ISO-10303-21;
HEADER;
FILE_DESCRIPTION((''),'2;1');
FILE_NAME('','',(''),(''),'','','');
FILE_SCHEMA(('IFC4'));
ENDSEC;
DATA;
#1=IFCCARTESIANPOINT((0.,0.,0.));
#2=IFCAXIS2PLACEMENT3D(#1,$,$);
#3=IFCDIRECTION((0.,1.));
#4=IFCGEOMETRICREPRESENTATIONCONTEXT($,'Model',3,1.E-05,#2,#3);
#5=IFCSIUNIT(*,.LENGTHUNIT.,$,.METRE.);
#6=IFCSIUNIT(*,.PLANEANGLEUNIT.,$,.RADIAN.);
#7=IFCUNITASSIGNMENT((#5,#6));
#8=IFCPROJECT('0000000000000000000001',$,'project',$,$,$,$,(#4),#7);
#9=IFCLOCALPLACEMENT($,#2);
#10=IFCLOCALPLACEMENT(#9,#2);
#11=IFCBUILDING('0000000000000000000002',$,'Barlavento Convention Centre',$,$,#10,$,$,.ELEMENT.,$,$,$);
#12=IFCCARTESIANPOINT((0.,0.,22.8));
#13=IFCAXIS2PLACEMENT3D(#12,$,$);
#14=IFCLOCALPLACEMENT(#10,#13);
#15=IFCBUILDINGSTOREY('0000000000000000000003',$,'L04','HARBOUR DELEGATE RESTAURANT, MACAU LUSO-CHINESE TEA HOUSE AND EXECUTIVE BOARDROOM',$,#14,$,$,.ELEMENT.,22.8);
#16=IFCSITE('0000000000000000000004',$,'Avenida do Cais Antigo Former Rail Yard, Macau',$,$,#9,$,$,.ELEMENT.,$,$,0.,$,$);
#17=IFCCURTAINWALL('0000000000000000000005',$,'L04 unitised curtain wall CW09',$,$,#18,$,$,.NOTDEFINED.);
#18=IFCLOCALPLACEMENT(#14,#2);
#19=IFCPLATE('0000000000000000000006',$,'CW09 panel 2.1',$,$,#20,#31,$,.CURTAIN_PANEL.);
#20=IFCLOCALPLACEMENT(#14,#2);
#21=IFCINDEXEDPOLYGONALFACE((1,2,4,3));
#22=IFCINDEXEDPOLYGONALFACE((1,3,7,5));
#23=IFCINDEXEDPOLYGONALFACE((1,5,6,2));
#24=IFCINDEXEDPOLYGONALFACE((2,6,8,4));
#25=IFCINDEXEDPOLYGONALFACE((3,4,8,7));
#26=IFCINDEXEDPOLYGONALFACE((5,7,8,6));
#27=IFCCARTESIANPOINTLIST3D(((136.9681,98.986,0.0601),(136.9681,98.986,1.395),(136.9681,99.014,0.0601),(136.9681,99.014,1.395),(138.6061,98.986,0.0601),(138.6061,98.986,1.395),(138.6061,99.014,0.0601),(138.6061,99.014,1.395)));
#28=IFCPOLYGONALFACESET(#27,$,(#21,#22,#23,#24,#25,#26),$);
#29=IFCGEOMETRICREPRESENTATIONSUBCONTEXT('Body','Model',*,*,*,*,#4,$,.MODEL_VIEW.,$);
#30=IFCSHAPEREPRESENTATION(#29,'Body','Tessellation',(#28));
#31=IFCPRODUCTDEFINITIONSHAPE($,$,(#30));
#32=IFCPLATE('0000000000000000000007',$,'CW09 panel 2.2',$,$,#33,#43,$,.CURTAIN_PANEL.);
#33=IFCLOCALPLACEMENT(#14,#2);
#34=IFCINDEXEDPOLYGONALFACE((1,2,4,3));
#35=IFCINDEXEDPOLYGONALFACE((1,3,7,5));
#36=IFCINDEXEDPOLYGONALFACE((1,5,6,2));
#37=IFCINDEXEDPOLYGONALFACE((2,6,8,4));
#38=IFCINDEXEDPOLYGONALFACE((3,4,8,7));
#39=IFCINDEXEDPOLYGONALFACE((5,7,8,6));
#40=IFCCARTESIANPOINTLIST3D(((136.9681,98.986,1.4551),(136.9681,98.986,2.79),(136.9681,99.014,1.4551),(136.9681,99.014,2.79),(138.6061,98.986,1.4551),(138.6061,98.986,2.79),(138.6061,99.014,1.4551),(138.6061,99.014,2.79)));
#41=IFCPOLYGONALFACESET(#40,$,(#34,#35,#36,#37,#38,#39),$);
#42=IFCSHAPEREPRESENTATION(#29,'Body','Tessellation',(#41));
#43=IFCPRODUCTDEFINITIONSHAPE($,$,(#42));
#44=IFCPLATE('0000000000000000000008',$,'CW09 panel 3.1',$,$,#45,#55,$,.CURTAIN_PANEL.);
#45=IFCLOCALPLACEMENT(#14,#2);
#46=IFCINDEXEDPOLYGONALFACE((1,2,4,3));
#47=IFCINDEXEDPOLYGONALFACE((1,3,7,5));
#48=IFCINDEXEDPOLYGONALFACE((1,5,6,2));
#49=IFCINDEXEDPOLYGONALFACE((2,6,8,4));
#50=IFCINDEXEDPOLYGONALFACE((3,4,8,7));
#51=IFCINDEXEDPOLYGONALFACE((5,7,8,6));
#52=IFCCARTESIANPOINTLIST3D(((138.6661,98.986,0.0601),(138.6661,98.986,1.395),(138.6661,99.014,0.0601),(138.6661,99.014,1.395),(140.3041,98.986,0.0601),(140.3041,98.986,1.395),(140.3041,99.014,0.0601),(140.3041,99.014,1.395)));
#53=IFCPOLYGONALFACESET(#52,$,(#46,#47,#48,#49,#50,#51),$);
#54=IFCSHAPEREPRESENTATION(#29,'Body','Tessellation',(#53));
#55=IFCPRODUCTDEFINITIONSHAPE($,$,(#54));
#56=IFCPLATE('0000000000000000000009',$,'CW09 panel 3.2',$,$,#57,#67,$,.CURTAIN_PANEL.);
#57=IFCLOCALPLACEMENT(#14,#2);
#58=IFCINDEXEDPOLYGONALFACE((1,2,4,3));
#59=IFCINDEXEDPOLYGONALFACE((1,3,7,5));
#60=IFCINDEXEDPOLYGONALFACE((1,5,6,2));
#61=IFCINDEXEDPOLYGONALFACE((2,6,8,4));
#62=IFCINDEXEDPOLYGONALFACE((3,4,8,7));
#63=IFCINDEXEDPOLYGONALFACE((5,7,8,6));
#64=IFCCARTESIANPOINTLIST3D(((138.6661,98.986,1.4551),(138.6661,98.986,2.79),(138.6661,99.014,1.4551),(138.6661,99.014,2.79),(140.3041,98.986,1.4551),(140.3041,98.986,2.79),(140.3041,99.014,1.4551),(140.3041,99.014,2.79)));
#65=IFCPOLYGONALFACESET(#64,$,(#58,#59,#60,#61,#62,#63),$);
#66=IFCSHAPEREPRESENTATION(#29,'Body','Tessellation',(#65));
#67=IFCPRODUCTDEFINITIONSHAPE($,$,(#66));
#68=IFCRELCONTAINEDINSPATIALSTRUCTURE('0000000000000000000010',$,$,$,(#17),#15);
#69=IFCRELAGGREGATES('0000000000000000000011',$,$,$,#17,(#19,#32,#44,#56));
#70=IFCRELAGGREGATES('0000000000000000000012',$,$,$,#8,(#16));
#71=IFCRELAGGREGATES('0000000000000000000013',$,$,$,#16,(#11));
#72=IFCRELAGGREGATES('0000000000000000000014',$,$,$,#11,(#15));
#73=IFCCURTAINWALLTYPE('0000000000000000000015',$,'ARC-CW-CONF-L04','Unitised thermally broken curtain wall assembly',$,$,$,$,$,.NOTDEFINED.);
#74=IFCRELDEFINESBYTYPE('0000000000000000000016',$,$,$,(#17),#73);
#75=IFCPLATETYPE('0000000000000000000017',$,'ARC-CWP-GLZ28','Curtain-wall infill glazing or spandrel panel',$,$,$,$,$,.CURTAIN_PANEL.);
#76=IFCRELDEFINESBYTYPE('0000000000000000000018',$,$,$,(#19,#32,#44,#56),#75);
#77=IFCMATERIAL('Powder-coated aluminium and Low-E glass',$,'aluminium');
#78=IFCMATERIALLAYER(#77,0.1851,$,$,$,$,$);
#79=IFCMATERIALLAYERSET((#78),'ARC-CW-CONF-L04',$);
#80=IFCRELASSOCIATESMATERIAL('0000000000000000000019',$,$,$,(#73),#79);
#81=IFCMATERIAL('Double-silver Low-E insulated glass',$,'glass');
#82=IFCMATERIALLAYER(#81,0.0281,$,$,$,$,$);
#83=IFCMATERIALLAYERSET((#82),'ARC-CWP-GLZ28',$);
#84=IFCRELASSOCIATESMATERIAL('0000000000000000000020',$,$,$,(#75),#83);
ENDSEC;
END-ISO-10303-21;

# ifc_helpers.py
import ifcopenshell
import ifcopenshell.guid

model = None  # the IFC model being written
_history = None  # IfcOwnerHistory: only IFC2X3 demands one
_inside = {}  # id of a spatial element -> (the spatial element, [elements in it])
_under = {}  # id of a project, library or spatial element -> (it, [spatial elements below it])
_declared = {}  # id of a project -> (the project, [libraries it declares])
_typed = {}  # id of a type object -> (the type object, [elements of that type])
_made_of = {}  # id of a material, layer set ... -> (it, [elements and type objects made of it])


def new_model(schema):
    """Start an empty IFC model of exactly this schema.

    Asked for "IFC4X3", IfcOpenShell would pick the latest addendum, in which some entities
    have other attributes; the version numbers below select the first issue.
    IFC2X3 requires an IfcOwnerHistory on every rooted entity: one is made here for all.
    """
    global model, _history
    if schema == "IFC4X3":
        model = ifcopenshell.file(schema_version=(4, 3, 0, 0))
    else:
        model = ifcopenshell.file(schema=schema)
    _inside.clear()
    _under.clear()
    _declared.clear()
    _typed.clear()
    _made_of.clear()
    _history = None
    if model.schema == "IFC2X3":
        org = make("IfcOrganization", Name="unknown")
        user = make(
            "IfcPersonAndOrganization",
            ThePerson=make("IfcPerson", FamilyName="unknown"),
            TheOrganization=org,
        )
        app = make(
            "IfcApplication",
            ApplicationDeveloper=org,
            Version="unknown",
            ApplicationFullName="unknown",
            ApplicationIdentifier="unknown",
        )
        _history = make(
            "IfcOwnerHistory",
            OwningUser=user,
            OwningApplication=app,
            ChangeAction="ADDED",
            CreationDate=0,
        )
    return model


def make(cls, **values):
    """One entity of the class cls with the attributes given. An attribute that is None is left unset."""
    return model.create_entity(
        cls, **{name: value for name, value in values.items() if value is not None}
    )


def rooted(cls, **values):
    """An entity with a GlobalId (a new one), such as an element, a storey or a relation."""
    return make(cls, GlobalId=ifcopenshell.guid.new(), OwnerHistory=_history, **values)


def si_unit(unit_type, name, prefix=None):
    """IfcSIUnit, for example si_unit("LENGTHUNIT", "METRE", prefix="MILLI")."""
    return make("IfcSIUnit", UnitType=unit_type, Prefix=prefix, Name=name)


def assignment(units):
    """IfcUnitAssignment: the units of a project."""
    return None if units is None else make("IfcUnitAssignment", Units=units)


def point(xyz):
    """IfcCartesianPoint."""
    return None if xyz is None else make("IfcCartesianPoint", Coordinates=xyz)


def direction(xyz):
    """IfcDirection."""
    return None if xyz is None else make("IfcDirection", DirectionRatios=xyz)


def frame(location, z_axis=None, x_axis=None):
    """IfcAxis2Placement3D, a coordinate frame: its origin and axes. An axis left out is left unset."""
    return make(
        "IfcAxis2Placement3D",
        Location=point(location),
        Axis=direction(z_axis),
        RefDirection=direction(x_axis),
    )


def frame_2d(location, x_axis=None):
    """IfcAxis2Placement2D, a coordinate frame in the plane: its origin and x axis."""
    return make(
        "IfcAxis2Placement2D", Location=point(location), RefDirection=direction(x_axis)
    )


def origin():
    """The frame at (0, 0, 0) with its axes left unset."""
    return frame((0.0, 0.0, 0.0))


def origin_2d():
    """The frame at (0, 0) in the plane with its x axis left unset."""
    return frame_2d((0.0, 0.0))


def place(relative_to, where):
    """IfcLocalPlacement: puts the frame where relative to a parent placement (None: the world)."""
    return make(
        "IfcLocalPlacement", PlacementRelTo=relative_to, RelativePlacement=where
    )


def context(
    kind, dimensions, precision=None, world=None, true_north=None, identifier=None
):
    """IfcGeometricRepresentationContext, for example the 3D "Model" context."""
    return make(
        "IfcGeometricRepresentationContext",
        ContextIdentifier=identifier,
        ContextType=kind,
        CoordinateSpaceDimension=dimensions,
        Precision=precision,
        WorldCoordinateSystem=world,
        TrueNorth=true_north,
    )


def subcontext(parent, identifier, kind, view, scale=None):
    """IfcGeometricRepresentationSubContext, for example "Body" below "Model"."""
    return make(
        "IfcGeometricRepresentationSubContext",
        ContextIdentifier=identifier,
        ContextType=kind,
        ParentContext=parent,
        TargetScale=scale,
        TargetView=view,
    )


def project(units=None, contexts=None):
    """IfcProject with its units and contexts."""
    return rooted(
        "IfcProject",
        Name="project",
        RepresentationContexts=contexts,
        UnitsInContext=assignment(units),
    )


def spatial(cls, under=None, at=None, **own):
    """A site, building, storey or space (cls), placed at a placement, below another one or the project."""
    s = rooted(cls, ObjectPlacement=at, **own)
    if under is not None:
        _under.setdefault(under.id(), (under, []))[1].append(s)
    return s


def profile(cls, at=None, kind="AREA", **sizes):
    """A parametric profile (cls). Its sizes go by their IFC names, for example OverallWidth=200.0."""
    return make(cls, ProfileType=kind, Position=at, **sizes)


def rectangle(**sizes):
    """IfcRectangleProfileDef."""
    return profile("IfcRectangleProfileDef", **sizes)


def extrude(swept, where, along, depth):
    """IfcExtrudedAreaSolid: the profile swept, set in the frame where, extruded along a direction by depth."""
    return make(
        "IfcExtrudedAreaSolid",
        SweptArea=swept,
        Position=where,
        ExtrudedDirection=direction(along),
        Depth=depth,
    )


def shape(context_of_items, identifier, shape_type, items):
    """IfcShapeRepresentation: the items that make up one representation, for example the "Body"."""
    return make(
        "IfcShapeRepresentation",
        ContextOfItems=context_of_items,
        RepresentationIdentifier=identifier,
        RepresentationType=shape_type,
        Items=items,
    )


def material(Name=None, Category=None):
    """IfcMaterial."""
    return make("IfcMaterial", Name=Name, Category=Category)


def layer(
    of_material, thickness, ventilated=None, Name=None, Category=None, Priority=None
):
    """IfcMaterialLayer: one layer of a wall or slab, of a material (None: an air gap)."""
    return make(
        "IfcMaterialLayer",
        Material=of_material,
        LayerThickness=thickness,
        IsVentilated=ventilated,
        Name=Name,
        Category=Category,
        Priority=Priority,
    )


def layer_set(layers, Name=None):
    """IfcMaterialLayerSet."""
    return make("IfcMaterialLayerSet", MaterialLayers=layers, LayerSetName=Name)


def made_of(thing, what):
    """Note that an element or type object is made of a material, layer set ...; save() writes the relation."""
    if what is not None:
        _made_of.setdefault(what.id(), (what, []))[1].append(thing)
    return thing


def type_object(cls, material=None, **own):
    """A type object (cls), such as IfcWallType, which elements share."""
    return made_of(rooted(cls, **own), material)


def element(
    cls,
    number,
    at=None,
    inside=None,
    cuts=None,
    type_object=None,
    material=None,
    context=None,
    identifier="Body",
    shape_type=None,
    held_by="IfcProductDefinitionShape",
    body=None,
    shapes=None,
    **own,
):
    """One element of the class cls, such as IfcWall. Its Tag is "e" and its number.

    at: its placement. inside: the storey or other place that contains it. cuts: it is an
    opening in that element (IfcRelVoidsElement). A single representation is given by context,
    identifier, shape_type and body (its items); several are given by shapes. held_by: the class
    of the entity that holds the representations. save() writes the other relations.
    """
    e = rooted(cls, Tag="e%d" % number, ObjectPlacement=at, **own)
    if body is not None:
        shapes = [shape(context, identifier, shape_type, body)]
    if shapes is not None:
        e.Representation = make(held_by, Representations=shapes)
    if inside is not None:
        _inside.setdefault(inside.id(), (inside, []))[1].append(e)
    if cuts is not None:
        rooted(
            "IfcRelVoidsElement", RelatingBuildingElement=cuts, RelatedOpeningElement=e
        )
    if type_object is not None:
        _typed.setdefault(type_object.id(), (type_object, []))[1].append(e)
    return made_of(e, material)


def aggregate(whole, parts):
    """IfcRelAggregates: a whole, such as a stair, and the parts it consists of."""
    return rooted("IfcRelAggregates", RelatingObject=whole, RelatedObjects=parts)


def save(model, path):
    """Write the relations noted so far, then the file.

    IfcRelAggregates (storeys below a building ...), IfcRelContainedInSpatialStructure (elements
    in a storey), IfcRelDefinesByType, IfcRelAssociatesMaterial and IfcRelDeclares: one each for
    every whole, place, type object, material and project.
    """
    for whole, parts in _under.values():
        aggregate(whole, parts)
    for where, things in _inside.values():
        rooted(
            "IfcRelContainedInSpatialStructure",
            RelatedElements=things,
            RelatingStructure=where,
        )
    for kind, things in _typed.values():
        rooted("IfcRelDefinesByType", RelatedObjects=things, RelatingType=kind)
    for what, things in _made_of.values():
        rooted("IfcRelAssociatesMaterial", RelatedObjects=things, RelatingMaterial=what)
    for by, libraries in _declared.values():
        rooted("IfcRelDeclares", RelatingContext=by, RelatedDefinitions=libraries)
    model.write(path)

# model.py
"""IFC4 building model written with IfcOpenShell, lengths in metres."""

from ifc_helpers import new_model, si_unit, direction, frame, origin, origin_2d, place, context, subcontext, project, spatial, rectangle, extrude, material, layer, layer_set, type_object, element, aggregate, save


model = new_model("IFC4")

# Units and contexts
model_context = context("Model", 3, precision=1e-05, world=origin(), true_north=direction((0.0, 1.0)))
body_context = subcontext(model_context, "Body", "Model", "MODEL_VIEW")
ifc_project = project(units=[si_unit("LENGTHUNIT", "METRE"), si_unit("PLANEANGLEUNIT", "RADIAN")], contexts=[model_context])

# Site, building, storey
site_placement = place(None, origin())
site = spatial("IfcSite", under=ifc_project, at=site_placement, Name="Avenida do Cais Antigo Former Rail Yard, Macau", CompositionType="ELEMENT", RefElevation=0.0)
building_placement = place(site_placement, origin())
building = spatial("IfcBuilding", under=site, at=building_placement, Name="Barlavento Convention Centre", CompositionType="ELEMENT")
storey_placement = place(building_placement, frame((0.0, 0.0, 22.8)))
storey = spatial("IfcBuildingStorey", under=building, at=storey_placement, Name="L04", Description="HARBOUR DELEGATE RESTAURANT, MACAU LUSO-CHINESE TEA HOUSE AND EXECUTIVE BOARDROOM", CompositionType="ELEMENT", Elevation=22.8)

# Curtain wall
ifc_material_1 = material(Name="Powder-coated aluminium and Low-E glass", Category="aluminium")
ifc_layer_1 = layer(ifc_material_1, 0.1851)
ifc_layer_set_1 = layer_set([ifc_layer_1], Name="ARC-CW-CONF-L04")
curtain_wall_type = type_object("IfcCurtainWallType", Name="ARC-CW-CONF-L04", Description="Unitised thermally broken curtain wall assembly", PredefinedType="NOTDEFINED", material=ifc_layer_set_1)
curtain_wall_placement = place(storey_placement, origin())
curtain_wall = element("IfcCurtainWall", 1, at=curtain_wall_placement, inside=storey, type_object=curtain_wall_type, Name="L04 unitised curtain wall CW09", PredefinedType="NOTDEFINED")

# Plates
ifc_material_2 = material(Name="Double-silver Low-E insulated glass", Category="glass")
ifc_layer_2 = layer(ifc_material_2, 0.0281)
ifc_layer_set_2 = layer_set([ifc_layer_2], Name="ARC-CWP-GLZ28")
plate_type = type_object("IfcPlateType", Name="ARC-CWP-GLZ28", Description="Curtain-wall infill glazing or spandrel panel", PredefinedType="CURTAIN_PANEL", material=ifc_layer_set_2)
plate_1_placement = place(storey_placement, frame((137.7871, 99.0, 0.0601), z_axis=(0.0, 0.0, 1.0), x_axis=(1.0, 0.0, 0.0)))
plate_1 = element("IfcPlate", 2, at=plate_1_placement, type_object=plate_type, Name="CW09 panel 2.1", PredefinedType="CURTAIN_PANEL", context=body_context, shape_type="SweptSolid", body=[
    extrude(rectangle(XDim=1.6379, YDim=0.0281, at=origin_2d()), origin(), (0.0, 0.0, 1.0), 1.335),
])
plate_2_placement = place(storey_placement, frame((137.7871, 99.0, 1.4551), z_axis=(0.0, 0.0, 1.0), x_axis=(1.0, 0.0, 0.0)))
plate_2 = element("IfcPlate", 3, at=plate_2_placement, type_object=plate_type, Name="CW09 panel 2.2", PredefinedType="CURTAIN_PANEL", context=body_context, shape_type="SweptSolid", body=[
    extrude(rectangle(XDim=1.6379, YDim=0.0281, at=origin_2d()), origin(), (0.0, 0.0, 1.0), 1.335),
])
plate_3_placement = place(storey_placement, frame((139.4851, 99.0, 0.0601), z_axis=(0.0, 0.0, 1.0), x_axis=(1.0, 0.0, 0.0)))
plate_3 = element("IfcPlate", 4, at=plate_3_placement, type_object=plate_type, Name="CW09 panel 3.1", PredefinedType="CURTAIN_PANEL", context=body_context, shape_type="SweptSolid", body=[
    extrude(rectangle(XDim=1.6379, YDim=0.0281, at=origin_2d()), origin(), (0.0, 0.0, 1.0), 1.335),
])
plate_4_placement = place(storey_placement, frame((139.4851, 99.0, 1.4551), z_axis=(0.0, 0.0, 1.0), x_axis=(1.0, 0.0, 0.0)))
plate_4 = element("IfcPlate", 5, at=plate_4_placement, type_object=plate_type, Name="CW09 panel 3.2", PredefinedType="CURTAIN_PANEL", context=body_context, shape_type="SweptSolid", body=[
    extrude(rectangle(XDim=1.6379, YDim=0.0281, at=origin_2d()), origin(), (0.0, 0.0, 1.0), 1.335),
])
aggregate(curtain_wall, [plate_1, plate_2, plate_3, plate_4])

save(model, "model.ifc")
